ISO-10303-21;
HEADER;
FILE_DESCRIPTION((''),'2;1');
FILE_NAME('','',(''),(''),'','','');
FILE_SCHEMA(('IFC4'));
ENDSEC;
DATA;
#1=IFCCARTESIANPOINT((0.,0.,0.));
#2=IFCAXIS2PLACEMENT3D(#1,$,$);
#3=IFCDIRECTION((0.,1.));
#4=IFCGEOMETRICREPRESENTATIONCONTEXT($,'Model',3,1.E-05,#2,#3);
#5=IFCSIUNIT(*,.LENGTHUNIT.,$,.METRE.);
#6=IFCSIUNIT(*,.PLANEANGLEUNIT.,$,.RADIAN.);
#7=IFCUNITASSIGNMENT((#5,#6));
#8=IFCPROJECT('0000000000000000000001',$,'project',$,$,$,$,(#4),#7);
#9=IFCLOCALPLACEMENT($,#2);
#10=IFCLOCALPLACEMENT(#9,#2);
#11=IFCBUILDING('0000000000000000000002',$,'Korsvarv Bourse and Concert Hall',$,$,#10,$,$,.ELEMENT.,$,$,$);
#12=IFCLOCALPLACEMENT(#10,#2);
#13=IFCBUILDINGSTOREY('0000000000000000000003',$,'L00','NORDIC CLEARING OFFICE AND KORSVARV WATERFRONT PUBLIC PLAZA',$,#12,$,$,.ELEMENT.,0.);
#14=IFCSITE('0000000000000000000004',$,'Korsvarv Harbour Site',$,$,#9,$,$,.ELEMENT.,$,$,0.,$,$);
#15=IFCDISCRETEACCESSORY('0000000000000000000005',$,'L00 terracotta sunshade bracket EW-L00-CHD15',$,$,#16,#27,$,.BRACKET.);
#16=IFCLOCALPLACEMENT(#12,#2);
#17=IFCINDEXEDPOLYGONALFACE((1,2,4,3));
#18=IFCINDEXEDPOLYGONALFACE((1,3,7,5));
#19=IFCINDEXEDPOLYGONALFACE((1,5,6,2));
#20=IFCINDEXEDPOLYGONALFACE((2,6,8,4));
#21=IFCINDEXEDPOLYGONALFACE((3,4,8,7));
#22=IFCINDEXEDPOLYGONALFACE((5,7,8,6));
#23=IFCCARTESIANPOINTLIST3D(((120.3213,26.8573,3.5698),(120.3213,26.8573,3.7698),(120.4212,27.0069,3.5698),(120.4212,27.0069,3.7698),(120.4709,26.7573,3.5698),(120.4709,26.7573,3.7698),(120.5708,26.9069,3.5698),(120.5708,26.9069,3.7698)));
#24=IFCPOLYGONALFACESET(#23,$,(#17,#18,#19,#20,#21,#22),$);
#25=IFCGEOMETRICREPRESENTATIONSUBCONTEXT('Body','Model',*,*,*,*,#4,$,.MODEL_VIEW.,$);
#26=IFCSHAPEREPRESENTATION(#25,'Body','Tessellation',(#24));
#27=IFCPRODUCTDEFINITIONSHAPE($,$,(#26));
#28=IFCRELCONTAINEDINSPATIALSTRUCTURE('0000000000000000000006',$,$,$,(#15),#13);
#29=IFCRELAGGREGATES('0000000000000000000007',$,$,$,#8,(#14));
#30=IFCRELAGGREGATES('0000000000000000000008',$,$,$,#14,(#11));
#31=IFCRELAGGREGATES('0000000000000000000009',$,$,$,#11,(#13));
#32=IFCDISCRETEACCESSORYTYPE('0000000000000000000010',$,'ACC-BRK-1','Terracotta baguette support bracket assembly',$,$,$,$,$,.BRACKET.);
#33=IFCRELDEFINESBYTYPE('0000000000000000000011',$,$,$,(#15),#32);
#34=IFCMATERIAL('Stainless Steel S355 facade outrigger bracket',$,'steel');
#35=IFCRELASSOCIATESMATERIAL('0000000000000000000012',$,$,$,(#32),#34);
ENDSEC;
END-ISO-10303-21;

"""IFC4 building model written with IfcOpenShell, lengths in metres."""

from ifc_helpers import new_model, si_unit, direction, frame, origin, origin_2d, place, context, subcontext, project, spatial, rectangle, extrude, source, transform, mapped, material, type_object, element, save


model = new_model("IFC4")

# Units and contexts
model_context = context("Model", 3, precision=1e-05, world=origin(), true_north=direction((0.0, 1.0)))
body_context = subcontext(model_context, "Body", "Model", "MODEL_VIEW")
ifc_project = project(units=[si_unit("LENGTHUNIT", "METRE"), si_unit("PLANEANGLEUNIT", "RADIAN")], contexts=[model_context])

# Site, building, storey
site_placement = place(None, origin())
site = spatial("IfcSite", under=ifc_project, at=site_placement, Name="Korsvarv Harbour Site", CompositionType="ELEMENT", RefElevation=0.0)
building_placement = place(site_placement, origin())
building = spatial("IfcBuilding", under=site, at=building_placement, Name="Korsvarv Bourse and Concert Hall", CompositionType="ELEMENT")
storey_placement = place(building_placement, origin())
storey = spatial("IfcBuildingStorey", under=building, at=storey_placement, Name="L00", Description="NORDIC CLEARING OFFICE AND KORSVARV WATERFRONT PUBLIC PLAZA", CompositionType="ELEMENT", Elevation=0.0)

# Discrete accessory
ifc_material_1 = material(Name="Stainless Steel S355 facade outrigger bracket", Category="steel")
discrete_accessory_type = type_object("IfcDiscreteAccessoryType", Name="ACC-BRK-1", Description="Terracotta baguette support bracket assembly", PredefinedType="BRACKET", material=ifc_material_1)
shared_shape_1 = source(origin(), body_context, "Body", "SweptSolid", [
    extrude(rectangle(XDim=0.1799, YDim=0.1799, at=origin_2d()), origin(), (0.0, 0.0, 1.0), 0.2),
])
for number, where, z_axis, x_axis, name in (
    (1, (120.446, 26.8821, 3.5698), (0.0, 0.0, 1.0), (0.55557, 0.83147, 0.0), "L00 terracotta sunshade bracket EW-L00-CHD15"),
):
    element("IfcDiscreteAccessory", number, at=place(storey_placement, frame(where, z_axis=z_axis, x_axis=x_axis)), inside=storey, type_object=discrete_accessory_type, Name=name, PredefinedType="BRACKET", context=body_context, shape_type="MappedRepresentation", body=[
        mapped(shared_shape_1, transform((0.0, 0.0, 0.0), scale=1.0)),
    ])

save(model, "model.ifc")
